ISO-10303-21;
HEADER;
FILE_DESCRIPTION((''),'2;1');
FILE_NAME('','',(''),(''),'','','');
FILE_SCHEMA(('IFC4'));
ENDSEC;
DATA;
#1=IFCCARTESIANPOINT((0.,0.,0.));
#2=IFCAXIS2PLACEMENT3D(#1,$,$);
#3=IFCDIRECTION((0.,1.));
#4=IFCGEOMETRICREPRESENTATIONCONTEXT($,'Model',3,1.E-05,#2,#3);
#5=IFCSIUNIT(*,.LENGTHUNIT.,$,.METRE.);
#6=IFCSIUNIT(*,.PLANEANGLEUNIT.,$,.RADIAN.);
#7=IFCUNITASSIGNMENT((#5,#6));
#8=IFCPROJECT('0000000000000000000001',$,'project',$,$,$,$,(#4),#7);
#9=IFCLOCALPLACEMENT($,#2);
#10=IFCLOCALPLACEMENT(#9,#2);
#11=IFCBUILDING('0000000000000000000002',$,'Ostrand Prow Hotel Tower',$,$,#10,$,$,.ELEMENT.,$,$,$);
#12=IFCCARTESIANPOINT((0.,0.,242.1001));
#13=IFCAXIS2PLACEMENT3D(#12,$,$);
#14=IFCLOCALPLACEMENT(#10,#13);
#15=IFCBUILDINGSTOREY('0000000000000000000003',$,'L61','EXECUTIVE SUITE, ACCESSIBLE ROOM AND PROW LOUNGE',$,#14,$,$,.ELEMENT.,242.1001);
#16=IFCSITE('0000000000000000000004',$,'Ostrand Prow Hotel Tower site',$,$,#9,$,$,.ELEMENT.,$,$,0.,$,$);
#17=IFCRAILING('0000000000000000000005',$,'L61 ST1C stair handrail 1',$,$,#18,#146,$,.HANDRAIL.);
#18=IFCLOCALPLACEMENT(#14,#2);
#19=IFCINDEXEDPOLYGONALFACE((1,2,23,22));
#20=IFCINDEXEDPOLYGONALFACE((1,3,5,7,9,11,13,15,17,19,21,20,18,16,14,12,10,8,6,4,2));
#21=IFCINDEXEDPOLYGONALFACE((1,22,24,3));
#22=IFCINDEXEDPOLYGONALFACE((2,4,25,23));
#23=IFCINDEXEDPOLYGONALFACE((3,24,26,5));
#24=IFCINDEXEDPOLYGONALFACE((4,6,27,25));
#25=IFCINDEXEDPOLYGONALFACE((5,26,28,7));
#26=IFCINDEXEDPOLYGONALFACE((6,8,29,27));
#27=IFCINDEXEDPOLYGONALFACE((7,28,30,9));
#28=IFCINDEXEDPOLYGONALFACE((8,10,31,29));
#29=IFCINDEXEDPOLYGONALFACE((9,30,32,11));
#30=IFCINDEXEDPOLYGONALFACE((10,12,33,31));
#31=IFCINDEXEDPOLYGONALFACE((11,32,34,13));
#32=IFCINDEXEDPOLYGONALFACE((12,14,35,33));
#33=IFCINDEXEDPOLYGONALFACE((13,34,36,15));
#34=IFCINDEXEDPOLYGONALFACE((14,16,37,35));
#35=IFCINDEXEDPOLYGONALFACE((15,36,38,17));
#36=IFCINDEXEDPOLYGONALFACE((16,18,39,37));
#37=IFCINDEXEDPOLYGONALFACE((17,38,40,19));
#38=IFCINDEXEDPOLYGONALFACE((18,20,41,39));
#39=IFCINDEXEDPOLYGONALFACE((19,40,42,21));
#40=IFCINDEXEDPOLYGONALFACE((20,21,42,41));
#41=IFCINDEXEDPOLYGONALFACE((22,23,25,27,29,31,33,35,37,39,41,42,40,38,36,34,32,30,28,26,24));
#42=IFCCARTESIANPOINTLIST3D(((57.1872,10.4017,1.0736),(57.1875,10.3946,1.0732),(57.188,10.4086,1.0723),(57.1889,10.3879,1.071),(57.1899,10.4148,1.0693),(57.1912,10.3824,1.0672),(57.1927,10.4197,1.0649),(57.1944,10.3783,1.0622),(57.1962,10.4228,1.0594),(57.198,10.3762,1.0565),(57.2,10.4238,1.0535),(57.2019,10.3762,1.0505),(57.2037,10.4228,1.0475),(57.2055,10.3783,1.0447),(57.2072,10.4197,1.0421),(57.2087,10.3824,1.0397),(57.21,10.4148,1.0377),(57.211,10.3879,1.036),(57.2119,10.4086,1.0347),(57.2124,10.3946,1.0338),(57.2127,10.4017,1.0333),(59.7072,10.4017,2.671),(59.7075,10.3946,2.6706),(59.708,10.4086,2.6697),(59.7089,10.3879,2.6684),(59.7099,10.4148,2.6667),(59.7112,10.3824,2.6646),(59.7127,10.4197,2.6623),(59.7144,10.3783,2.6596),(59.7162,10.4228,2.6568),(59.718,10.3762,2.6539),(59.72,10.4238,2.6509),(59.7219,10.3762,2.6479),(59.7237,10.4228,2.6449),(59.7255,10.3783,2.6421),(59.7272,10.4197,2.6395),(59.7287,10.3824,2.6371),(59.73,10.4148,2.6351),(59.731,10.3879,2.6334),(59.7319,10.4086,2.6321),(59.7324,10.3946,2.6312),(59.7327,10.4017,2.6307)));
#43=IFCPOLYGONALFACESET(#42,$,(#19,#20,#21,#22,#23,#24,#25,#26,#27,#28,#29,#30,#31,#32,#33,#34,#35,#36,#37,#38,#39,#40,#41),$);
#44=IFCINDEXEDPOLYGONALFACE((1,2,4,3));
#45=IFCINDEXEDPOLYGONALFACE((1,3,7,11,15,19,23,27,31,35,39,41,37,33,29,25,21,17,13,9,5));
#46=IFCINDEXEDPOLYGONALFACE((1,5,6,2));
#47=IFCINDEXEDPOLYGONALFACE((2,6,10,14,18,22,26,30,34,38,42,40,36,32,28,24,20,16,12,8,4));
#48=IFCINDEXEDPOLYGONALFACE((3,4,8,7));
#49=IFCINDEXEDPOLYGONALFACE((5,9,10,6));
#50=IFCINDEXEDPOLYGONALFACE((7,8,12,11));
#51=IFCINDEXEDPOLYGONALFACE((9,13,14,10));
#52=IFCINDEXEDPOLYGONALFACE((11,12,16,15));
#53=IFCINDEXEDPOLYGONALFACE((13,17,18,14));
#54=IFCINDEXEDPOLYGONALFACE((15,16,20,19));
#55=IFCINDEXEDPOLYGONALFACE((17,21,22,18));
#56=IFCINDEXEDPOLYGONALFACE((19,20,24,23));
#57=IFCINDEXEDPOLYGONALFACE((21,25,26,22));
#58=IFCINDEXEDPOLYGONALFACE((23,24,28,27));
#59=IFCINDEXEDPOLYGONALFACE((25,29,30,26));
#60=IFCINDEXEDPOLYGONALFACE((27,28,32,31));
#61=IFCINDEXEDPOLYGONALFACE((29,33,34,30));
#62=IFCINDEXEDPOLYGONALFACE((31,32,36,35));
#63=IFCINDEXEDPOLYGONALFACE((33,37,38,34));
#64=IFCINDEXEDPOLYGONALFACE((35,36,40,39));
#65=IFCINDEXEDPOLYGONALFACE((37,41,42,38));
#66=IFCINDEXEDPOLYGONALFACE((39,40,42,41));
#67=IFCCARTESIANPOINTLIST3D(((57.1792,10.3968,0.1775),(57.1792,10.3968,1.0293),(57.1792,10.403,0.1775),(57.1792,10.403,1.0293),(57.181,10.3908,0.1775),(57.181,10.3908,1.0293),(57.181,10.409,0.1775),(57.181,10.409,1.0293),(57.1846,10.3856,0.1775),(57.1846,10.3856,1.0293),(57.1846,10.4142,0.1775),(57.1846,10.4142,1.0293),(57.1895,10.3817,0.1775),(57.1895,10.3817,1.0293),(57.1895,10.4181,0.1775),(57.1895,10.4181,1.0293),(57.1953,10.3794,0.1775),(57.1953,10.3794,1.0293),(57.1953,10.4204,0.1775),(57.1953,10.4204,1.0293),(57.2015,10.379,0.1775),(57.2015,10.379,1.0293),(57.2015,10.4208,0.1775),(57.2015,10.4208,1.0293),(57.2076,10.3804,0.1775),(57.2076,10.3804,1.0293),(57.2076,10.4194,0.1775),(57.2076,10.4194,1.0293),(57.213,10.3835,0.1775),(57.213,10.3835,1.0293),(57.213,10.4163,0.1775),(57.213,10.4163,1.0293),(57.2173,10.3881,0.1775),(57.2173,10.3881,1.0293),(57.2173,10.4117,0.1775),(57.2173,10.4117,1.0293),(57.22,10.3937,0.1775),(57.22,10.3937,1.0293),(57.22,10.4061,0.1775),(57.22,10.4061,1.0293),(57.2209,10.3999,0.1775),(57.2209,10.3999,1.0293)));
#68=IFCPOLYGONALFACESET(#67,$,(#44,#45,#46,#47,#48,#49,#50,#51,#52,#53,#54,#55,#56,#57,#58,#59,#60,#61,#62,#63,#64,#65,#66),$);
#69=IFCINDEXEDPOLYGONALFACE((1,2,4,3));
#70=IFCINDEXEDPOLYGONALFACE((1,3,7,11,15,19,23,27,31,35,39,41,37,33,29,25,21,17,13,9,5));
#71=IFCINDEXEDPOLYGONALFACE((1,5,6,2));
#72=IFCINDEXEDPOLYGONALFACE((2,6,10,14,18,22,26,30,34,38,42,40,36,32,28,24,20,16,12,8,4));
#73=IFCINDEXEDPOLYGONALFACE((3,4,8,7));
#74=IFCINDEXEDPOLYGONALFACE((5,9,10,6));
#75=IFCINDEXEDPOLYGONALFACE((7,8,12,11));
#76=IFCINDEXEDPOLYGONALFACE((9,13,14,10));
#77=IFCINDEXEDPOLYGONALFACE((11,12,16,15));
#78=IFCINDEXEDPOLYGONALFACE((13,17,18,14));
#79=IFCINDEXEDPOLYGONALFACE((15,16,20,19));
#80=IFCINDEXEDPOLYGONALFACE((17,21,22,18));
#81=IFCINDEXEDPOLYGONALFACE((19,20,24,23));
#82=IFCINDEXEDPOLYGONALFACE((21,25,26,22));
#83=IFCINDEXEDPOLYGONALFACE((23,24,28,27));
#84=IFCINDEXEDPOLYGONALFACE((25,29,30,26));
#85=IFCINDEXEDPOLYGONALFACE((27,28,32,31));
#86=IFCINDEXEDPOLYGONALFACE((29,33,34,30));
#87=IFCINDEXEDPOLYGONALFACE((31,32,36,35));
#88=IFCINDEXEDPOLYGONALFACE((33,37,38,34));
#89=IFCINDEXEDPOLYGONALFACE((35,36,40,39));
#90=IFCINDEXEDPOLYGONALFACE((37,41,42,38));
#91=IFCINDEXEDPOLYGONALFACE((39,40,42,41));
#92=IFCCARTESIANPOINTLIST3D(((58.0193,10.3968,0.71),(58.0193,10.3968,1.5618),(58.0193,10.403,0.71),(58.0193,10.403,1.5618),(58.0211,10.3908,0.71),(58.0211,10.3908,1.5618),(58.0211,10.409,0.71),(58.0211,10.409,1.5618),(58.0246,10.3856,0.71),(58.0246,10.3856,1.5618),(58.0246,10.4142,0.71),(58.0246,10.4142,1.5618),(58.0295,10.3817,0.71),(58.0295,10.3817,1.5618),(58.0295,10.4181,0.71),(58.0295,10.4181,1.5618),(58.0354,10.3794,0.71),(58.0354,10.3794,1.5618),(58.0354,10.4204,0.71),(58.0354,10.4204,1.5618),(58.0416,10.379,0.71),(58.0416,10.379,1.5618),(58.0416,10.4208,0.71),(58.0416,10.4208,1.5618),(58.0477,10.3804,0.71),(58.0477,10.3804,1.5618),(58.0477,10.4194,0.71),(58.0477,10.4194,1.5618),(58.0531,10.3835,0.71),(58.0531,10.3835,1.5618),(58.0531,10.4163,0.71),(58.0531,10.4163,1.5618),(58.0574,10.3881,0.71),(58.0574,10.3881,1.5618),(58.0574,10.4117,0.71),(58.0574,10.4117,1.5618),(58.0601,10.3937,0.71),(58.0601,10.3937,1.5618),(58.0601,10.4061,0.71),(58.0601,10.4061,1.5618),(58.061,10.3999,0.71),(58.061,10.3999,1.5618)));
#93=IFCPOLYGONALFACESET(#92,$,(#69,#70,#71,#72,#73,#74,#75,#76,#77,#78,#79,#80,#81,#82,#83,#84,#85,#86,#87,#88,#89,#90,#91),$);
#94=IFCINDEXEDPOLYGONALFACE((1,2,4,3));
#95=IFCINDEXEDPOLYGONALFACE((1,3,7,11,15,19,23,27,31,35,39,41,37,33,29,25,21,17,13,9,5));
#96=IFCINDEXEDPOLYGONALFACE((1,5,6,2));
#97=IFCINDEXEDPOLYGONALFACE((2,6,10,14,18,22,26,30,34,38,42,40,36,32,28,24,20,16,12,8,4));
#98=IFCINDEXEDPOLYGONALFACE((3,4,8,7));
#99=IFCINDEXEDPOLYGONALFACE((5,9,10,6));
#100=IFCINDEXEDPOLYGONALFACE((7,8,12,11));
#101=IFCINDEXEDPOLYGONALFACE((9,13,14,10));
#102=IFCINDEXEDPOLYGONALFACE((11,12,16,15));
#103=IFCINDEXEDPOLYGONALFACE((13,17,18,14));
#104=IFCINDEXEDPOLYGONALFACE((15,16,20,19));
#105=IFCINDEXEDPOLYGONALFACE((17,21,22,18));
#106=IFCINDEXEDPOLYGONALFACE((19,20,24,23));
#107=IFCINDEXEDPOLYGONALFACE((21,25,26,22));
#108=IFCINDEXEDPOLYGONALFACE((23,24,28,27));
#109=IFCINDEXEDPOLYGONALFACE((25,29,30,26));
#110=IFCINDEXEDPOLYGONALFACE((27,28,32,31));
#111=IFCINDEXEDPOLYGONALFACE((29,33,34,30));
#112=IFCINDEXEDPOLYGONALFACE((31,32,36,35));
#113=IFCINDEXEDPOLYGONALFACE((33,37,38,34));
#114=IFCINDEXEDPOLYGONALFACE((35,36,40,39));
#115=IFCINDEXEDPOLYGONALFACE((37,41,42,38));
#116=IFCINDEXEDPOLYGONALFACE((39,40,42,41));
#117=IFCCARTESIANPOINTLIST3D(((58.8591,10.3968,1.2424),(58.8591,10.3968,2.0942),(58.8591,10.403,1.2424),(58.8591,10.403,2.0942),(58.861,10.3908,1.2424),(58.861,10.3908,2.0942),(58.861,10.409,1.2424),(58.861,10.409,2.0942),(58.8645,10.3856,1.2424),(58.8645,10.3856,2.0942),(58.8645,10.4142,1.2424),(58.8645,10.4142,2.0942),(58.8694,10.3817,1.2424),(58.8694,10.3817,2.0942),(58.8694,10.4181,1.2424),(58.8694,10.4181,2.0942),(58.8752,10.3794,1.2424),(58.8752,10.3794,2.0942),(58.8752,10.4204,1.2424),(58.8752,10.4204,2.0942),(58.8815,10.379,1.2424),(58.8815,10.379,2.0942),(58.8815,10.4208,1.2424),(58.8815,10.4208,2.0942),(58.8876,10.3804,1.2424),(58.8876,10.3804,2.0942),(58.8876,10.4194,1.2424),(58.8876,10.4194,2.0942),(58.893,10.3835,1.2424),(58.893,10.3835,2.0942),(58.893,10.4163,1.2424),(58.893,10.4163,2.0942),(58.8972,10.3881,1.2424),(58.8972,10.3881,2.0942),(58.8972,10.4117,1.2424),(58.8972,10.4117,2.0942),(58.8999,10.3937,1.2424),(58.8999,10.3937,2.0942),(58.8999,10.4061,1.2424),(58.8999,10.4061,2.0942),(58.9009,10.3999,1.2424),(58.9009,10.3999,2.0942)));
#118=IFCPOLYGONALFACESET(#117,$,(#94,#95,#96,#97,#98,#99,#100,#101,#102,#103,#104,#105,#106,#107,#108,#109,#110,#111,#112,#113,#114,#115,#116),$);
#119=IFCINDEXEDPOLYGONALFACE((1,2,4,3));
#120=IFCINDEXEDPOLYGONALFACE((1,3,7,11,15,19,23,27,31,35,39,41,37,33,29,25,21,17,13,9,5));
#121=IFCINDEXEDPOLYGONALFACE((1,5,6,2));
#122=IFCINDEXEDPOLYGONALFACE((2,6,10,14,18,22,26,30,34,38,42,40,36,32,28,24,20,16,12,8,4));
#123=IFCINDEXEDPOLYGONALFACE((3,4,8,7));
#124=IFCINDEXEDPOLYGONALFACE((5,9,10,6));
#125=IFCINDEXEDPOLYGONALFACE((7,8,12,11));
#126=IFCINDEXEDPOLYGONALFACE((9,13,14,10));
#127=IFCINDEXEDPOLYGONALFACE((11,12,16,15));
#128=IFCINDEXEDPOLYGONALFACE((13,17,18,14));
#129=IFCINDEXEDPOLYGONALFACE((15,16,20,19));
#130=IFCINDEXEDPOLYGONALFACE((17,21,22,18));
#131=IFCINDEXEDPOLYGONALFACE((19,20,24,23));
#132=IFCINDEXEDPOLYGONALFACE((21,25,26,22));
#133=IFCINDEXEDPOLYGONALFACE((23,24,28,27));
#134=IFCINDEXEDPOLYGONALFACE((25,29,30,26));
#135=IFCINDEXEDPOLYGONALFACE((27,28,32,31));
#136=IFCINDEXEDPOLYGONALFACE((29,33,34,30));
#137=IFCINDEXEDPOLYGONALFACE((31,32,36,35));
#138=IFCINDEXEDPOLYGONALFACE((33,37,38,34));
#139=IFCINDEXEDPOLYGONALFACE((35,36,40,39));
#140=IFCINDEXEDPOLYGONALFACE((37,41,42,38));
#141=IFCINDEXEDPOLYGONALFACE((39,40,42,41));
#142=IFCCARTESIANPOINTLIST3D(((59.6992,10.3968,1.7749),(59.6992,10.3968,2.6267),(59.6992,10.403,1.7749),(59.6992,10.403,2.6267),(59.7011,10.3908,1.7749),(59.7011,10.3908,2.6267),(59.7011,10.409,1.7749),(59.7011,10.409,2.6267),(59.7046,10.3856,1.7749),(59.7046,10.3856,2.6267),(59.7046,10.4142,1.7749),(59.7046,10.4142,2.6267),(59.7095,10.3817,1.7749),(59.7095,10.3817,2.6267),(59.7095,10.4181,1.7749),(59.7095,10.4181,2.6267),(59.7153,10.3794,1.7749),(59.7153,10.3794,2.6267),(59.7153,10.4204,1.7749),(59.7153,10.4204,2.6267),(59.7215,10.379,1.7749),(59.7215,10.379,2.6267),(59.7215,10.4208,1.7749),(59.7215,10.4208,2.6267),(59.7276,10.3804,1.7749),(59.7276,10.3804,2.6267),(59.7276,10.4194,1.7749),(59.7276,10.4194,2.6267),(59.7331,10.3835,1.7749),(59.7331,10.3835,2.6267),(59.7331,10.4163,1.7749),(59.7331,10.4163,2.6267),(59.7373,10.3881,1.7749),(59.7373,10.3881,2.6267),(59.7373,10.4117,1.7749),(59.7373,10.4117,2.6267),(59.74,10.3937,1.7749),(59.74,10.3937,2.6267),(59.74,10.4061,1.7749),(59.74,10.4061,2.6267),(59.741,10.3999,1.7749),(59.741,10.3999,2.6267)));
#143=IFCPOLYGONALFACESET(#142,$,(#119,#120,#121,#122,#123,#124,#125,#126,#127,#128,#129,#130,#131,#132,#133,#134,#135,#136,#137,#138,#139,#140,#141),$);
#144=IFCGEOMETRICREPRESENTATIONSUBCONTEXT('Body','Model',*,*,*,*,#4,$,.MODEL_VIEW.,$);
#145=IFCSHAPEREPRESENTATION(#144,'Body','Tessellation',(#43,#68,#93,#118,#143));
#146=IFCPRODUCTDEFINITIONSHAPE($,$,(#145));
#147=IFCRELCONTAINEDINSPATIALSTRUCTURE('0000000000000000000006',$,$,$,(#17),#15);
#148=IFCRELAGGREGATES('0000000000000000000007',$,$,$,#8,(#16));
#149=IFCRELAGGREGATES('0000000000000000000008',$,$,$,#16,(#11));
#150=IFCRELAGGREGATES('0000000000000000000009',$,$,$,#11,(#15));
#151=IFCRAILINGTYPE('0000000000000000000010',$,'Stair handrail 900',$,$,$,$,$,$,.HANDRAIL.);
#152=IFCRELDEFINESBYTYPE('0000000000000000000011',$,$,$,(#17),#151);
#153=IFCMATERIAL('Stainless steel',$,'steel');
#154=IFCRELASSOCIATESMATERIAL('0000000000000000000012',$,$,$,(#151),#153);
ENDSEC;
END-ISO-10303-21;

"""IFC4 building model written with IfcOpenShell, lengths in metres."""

from ifc_helpers import new_model, si_unit, direction, frame, origin, origin_2d, place, context, subcontext, project, spatial, circle, extrude, material, type_object, element, save


model = new_model("IFC4")

# Units and contexts
model_context = context("Model", 3, precision=1e-05, world=origin(), true_north=direction((0.0, 1.0)))
body_context = subcontext(model_context, "Body", "Model", "MODEL_VIEW")
ifc_project = project(units=[si_unit("LENGTHUNIT", "METRE"), si_unit("PLANEANGLEUNIT", "RADIAN")], contexts=[model_context])

# Site, building, storey
site_placement = place(None, origin())
site = spatial("IfcSite", under=ifc_project, at=site_placement, Name="Ostrand Prow Hotel Tower site", CompositionType="ELEMENT", RefElevation=0.0)
building_placement = place(site_placement, origin())
building = spatial("IfcBuilding", under=site, at=building_placement, Name="Ostrand Prow Hotel Tower", CompositionType="ELEMENT")
storey_placement = place(building_placement, frame((0.0, 0.0, 242.1001)))
storey = spatial("IfcBuildingStorey", under=building, at=storey_placement, Name="L61", Description="EXECUTIVE SUITE, ACCESSIBLE ROOM AND PROW LOUNGE", CompositionType="ELEMENT", Elevation=242.1001)

# Railing
ifc_material_1 = material(Name="Stainless steel", Category="steel")
railing_type_1 = type_object("IfcRailingType", Name="Stair handrail 900", PredefinedType="HANDRAIL", material=ifc_material_1)
railing_1_placement = place(storey_placement, frame((57.2, 10.3999, 0.1775)))
element("IfcRailing", 1, at=railing_1_placement, inside=storey, type_object=railing_type_1, Name="L61 ST1C stair handrail 1", PredefinedType="HANDRAIL", context=body_context, shape_type="SweptSolid", body=[
    extrude(circle(Radius=0.0239, at=origin_2d()), frame((0.0, 0.0, 0.876), z_axis=(0.844607, 0.0, 0.535387), x_axis=(0.0, 1.0, 0.0)), (0.0, 0.0, 1.0), 2.9836),
    extrude(circle(Radius=0.021, at=origin_2d()), origin(), (0.0, 0.0, 1.0), 0.8518),
    extrude(circle(Radius=0.021, at=origin_2d()), frame((0.8401, 0.0, 0.5325)), (0.0, 0.0, 1.0), 0.8518),
    extrude(circle(Radius=0.021, at=origin_2d()), frame((1.6799, 0.0, 1.0649)), (0.0, 0.0, 1.0), 0.8518),
    extrude(circle(Radius=0.021, at=origin_2d()), frame((2.52, 0.0, 1.5974)), (0.0, 0.0, 1.0), 0.8518),
])

save(model, "model.ifc")
